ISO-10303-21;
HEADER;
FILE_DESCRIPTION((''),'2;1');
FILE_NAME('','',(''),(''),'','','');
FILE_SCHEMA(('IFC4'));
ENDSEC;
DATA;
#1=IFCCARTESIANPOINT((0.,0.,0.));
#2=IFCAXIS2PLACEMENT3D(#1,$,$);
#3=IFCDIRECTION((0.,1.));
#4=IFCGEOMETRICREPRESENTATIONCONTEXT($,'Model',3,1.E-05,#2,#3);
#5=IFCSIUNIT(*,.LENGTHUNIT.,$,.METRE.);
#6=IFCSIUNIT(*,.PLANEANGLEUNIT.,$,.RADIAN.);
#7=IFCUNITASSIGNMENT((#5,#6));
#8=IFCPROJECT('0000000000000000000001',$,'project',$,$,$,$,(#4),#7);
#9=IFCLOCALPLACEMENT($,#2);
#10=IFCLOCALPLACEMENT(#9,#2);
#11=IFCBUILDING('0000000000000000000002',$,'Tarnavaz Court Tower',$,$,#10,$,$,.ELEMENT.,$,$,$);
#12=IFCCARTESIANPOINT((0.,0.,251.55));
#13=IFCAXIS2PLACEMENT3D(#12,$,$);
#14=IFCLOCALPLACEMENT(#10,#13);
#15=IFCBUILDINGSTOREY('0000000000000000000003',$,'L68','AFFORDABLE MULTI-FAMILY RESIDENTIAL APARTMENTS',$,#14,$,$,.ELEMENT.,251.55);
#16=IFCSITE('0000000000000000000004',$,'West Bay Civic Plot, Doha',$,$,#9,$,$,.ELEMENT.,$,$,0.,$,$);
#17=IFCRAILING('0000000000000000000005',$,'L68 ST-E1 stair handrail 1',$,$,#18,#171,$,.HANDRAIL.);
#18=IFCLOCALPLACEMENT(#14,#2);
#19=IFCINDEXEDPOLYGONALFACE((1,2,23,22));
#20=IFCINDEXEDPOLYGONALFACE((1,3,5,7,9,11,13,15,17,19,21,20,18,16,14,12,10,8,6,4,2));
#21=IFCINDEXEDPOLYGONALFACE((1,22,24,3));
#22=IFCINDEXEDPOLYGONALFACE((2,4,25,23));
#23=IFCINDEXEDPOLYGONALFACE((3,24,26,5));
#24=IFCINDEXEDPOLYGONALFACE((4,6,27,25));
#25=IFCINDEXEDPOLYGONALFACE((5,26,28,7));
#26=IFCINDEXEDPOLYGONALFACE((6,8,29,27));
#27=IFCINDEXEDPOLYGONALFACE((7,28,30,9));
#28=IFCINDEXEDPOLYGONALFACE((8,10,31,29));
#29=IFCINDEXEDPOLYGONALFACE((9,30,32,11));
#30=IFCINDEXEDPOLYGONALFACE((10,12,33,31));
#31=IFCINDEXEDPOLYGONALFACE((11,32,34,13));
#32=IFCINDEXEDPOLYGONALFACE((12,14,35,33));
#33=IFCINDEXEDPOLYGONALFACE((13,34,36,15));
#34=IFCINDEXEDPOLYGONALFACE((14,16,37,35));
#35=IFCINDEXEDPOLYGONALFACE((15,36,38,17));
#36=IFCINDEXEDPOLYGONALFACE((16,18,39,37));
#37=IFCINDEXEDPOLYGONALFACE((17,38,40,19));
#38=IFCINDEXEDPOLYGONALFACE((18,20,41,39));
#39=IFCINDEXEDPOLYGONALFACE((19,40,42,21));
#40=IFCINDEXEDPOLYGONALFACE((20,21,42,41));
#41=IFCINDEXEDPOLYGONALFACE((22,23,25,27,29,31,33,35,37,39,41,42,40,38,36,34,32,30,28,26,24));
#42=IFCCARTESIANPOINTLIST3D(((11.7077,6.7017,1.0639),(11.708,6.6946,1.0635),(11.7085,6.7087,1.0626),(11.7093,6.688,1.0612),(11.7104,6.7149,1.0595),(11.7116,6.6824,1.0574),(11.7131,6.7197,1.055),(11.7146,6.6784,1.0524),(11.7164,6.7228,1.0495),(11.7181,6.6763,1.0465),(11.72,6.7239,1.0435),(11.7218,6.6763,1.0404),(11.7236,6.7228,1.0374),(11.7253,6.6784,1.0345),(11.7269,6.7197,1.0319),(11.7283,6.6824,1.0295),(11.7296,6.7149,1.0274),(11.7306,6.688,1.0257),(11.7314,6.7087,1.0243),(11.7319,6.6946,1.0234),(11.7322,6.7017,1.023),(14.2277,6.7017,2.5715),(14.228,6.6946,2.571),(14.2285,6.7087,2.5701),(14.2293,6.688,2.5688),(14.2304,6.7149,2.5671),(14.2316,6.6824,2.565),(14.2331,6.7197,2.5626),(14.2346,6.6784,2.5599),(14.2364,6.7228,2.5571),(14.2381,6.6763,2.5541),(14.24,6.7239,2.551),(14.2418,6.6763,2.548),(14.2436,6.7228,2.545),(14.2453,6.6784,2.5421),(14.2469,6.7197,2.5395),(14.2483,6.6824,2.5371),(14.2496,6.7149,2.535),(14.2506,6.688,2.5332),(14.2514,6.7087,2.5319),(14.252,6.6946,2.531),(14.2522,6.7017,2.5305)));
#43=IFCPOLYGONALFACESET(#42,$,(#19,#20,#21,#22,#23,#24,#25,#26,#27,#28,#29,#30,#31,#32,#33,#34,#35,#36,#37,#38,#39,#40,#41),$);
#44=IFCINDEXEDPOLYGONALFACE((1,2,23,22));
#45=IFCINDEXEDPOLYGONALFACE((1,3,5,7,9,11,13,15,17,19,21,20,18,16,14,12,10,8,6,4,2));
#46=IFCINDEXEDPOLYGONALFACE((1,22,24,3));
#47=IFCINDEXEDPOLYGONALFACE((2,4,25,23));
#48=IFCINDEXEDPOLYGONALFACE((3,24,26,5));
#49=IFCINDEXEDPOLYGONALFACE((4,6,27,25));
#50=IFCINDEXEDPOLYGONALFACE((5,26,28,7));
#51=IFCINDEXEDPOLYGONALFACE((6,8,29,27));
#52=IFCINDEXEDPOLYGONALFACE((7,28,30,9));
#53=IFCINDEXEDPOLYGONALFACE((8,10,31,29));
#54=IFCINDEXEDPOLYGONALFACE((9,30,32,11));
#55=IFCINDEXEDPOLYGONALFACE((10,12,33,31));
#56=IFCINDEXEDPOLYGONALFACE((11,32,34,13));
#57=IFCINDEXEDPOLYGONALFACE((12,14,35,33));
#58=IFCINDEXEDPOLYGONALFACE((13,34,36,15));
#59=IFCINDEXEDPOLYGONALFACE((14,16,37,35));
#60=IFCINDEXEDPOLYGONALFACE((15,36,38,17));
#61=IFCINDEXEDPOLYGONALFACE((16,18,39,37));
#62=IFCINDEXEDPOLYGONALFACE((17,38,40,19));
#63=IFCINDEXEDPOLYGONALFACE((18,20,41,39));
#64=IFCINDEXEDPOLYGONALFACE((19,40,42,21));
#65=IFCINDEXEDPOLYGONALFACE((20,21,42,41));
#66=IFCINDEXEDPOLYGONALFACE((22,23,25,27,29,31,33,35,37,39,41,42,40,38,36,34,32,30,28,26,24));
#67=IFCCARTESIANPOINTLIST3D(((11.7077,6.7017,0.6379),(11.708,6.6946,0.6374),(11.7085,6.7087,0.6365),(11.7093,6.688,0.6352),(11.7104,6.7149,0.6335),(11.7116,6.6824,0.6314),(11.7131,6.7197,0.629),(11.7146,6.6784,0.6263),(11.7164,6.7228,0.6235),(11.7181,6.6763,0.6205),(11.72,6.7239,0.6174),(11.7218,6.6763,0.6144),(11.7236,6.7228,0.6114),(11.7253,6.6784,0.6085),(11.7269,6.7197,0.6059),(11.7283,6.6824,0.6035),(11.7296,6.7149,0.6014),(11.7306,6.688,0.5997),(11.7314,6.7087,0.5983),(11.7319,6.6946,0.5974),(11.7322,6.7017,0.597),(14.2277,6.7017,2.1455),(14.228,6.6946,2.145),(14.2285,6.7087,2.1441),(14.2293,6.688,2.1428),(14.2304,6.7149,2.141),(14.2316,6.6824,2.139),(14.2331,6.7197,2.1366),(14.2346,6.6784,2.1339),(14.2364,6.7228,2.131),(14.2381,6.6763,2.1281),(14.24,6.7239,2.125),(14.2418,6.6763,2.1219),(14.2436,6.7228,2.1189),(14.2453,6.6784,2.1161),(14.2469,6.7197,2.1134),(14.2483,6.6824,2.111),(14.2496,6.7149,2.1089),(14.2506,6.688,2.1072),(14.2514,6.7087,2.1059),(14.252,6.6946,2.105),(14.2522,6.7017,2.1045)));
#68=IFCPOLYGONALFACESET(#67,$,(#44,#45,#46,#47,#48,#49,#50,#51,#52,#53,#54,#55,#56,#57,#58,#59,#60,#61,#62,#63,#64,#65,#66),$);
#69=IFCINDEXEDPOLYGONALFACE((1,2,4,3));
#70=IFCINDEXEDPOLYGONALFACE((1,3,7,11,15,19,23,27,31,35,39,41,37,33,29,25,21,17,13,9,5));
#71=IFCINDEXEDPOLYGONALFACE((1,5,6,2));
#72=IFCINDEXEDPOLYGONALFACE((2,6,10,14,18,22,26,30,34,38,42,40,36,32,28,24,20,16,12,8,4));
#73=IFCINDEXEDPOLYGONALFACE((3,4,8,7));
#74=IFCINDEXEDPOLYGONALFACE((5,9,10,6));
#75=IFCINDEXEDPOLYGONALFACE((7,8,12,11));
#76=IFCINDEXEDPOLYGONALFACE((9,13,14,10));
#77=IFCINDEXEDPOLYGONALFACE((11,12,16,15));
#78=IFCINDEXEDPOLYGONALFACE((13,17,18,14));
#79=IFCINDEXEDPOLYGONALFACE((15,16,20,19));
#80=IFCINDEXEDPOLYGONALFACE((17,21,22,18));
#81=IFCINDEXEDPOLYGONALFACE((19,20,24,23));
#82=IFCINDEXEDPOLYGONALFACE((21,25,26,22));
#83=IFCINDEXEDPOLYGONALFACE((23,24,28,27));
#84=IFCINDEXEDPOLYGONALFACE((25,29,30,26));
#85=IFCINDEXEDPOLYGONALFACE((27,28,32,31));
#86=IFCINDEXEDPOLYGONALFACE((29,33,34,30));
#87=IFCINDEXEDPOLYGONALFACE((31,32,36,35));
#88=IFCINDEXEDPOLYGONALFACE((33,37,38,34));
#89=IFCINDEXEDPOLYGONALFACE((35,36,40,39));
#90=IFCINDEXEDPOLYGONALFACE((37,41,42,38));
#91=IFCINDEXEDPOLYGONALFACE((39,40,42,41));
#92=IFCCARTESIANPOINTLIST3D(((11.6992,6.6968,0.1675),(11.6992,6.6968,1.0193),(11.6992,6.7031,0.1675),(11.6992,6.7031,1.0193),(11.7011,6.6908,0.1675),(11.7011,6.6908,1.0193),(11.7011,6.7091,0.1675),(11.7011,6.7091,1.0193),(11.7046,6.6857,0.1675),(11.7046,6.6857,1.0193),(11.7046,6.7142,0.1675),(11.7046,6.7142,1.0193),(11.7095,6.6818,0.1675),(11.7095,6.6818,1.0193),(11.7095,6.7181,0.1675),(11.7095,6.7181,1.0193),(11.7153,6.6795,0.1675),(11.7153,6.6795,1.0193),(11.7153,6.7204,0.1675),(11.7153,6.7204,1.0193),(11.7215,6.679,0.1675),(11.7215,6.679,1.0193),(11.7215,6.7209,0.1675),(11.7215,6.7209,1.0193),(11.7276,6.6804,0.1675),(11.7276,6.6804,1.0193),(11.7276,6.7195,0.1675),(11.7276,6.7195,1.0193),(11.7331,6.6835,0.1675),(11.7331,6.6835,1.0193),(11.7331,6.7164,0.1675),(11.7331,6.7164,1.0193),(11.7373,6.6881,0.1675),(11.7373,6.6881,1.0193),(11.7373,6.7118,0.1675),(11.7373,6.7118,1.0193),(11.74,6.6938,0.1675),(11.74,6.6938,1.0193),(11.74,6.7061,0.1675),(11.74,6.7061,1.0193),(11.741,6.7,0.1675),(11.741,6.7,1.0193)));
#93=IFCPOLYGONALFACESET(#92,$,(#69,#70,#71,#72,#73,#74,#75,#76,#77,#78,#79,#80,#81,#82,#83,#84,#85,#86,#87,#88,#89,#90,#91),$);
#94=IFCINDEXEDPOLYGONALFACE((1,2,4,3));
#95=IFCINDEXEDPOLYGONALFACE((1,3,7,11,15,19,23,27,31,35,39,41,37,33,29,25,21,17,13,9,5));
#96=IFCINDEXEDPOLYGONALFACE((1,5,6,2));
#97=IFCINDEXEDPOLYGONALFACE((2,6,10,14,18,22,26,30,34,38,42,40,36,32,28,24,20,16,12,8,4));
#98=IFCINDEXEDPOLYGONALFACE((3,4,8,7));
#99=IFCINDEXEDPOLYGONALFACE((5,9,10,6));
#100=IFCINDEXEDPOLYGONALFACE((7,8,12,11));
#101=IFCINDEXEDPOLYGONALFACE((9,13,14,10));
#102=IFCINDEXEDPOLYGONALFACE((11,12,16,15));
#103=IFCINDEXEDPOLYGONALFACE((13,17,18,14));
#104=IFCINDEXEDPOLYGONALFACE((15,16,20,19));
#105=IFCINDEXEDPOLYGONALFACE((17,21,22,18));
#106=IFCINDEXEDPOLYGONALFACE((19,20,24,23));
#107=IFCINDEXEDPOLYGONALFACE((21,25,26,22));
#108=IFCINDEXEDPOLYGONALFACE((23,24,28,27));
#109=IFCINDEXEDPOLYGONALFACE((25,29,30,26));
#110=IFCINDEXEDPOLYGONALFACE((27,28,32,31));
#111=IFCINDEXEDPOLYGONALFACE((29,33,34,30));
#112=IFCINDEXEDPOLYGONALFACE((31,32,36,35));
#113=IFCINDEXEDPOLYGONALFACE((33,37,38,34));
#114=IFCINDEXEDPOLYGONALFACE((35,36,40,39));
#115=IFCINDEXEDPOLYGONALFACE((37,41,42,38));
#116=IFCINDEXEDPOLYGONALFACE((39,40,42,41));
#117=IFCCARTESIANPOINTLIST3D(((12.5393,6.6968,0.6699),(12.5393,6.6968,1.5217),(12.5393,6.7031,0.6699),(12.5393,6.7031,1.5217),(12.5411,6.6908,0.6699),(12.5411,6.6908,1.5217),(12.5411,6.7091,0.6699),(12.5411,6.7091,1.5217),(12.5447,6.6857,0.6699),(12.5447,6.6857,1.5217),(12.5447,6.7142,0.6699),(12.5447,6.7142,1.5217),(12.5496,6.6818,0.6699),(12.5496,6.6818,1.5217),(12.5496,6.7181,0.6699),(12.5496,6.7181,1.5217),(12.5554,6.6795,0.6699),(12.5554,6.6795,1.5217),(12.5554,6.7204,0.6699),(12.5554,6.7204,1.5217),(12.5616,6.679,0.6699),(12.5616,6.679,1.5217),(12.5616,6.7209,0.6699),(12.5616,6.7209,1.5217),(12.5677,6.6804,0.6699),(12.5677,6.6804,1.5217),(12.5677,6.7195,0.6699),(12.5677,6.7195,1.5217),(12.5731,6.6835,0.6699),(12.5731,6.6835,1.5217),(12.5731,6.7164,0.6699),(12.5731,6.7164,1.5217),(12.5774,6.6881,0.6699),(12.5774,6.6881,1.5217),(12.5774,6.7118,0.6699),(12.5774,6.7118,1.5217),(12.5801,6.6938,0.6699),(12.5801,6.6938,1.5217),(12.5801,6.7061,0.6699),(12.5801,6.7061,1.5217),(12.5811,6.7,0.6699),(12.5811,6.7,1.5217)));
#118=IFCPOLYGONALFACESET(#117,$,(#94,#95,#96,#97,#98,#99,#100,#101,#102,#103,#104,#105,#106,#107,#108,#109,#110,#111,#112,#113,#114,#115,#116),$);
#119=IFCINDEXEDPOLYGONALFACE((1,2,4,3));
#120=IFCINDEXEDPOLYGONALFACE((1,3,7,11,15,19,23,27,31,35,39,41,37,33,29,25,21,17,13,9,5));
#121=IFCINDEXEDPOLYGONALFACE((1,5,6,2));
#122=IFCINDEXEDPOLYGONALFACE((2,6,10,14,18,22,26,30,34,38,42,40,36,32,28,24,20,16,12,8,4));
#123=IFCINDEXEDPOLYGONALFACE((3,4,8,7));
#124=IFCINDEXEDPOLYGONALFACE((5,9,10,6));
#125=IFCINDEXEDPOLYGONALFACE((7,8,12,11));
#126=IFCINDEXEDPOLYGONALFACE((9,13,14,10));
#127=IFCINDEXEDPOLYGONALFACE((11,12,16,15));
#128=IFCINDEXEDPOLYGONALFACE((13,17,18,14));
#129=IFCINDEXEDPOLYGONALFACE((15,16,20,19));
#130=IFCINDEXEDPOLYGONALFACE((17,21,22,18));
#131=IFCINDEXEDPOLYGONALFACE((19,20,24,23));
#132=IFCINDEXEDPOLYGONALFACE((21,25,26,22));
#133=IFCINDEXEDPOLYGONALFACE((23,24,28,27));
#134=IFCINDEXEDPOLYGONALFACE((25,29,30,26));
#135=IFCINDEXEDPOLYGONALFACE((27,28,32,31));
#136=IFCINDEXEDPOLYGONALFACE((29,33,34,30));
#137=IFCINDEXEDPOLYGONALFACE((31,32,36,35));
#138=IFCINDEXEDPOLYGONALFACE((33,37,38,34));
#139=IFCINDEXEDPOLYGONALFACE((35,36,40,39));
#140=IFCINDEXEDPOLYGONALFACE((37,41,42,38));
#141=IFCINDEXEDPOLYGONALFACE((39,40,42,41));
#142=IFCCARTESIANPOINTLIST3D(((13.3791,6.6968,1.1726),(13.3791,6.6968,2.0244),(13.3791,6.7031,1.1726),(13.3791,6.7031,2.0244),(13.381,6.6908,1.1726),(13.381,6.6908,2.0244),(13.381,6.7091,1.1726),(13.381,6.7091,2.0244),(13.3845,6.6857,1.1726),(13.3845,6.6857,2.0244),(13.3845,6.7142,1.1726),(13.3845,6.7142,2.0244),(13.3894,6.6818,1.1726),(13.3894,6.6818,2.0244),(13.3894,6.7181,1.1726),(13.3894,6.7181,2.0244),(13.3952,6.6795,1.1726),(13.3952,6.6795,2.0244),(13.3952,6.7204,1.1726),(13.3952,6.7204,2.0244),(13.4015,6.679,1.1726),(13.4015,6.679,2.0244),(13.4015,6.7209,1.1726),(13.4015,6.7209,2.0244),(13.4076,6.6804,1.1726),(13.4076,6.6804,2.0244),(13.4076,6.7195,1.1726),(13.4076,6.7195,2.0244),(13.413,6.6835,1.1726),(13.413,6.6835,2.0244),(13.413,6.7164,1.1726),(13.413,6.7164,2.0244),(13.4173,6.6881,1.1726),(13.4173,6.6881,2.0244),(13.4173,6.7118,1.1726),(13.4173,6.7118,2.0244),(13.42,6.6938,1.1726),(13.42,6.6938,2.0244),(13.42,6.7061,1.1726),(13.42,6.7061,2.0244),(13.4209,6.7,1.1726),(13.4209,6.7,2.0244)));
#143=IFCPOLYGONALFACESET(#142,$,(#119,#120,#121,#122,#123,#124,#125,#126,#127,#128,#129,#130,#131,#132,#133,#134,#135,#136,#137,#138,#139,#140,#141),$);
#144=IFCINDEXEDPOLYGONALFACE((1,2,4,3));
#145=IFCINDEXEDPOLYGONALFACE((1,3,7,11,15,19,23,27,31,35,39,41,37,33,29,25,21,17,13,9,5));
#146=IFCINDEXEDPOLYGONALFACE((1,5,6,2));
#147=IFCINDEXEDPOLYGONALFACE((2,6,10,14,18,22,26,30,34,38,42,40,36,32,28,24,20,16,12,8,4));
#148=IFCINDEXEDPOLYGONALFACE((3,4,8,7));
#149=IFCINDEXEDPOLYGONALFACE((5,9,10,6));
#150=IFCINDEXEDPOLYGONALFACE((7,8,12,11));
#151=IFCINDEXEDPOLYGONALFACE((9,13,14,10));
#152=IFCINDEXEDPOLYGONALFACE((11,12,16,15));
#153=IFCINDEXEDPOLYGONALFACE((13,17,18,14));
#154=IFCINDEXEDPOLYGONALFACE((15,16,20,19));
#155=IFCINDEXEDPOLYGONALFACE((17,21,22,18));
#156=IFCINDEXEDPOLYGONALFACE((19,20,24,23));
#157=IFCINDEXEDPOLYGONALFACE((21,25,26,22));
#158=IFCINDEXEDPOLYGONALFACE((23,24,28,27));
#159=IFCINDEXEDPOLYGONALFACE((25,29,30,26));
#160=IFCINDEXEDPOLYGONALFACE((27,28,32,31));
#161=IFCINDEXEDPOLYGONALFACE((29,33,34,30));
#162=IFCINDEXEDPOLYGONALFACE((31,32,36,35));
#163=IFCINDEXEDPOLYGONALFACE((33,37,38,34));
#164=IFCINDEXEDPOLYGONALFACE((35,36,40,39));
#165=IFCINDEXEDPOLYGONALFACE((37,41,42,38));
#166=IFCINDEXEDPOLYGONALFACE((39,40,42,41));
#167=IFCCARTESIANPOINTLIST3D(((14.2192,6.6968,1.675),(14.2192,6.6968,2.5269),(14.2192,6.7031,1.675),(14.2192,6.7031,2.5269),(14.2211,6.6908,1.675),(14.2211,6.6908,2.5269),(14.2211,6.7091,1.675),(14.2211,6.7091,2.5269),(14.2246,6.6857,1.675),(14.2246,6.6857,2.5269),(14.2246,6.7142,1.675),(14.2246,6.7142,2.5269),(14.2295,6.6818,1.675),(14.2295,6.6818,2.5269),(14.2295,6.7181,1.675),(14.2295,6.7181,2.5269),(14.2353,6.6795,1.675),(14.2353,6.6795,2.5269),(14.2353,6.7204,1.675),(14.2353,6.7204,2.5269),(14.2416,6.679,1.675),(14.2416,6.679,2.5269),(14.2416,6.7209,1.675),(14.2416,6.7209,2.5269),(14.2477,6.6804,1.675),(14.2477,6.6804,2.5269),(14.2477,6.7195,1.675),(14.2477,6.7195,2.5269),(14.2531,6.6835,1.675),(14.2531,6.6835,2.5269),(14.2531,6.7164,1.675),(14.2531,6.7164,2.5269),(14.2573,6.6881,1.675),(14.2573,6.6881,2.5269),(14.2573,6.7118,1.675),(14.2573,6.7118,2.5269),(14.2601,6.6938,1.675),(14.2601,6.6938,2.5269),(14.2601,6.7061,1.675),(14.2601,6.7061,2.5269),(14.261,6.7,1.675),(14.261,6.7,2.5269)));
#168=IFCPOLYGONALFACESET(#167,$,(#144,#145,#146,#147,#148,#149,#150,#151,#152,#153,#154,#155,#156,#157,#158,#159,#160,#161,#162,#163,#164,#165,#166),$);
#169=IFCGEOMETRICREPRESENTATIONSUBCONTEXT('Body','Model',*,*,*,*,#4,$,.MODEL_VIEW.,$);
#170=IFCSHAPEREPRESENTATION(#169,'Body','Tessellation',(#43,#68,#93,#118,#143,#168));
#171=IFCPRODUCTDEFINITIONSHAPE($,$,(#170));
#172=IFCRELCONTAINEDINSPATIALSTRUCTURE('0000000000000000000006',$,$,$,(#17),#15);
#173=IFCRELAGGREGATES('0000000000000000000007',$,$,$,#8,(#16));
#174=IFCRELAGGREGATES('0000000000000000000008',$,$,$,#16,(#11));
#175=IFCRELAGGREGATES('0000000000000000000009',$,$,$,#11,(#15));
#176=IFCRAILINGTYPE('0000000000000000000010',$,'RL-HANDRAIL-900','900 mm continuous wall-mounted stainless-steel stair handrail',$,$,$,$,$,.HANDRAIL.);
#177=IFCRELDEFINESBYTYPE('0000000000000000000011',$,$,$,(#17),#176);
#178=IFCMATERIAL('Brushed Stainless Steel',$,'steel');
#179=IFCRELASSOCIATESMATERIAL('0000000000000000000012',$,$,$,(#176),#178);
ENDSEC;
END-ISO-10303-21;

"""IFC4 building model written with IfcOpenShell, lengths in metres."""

from ifc_helpers import new_model, si_unit, direction, frame, origin, origin_2d, place, context, subcontext, project, spatial, circle, extrude, material, type_object, element, save


model = new_model("IFC4")

# Units and contexts
model_context = context("Model", 3, precision=1e-05, world=origin(), true_north=direction((0.0, 1.0)))
body_context = subcontext(model_context, "Body", "Model", "MODEL_VIEW")
ifc_project = project(units=[si_unit("LENGTHUNIT", "METRE"), si_unit("PLANEANGLEUNIT", "RADIAN")], contexts=[model_context])

# Site, building, storey
site_placement = place(None, origin())
site = spatial("IfcSite", under=ifc_project, at=site_placement, Name="West Bay Civic Plot, Doha", CompositionType="ELEMENT", RefElevation=0.0)
building_placement = place(site_placement, origin())
building = spatial("IfcBuilding", under=site, at=building_placement, Name="Tarnavaz Court Tower", CompositionType="ELEMENT")
storey_placement = place(building_placement, frame((0.0, 0.0, 251.55)))
storey = spatial("IfcBuildingStorey", under=building, at=storey_placement, Name="L68", Description="AFFORDABLE MULTI-FAMILY RESIDENTIAL APARTMENTS", CompositionType="ELEMENT", Elevation=251.55)

# Railing
ifc_material_1 = material(Name="Brushed Stainless Steel", Category="steel")
railing_type_1 = type_object("IfcRailingType", Name="RL-HANDRAIL-900", Description="900 mm continuous wall-mounted stainless-steel stair handrail", PredefinedType="HANDRAIL", material=ifc_material_1)
railing_1_placement = place(storey_placement, frame((11.72, 6.7, 0.1675)))
element("IfcRailing", 1, at=railing_1_placement, inside=storey, type_object=railing_type_1, Name="L68 ST-E1 stair handrail 1", PredefinedType="HANDRAIL", context=body_context, shape_type="SweptSolid", body=[
    extrude(circle(Radius=0.0239, at=origin_2d()), frame((0.0, 0.0, 0.876), z_axis=(0.85816, 0.0, 0.513383), x_axis=(0.0, 1.0, 0.0)), (0.0, 0.0, 1.0), 2.9365),
    extrude(circle(Radius=0.0239, at=origin_2d()), frame((0.0, 0.0, 0.45), z_axis=(0.85816, 0.0, 0.513383), x_axis=(0.0, 1.0, 0.0)), (0.0, 0.0, 1.0), 2.9365),
    extrude(circle(Radius=0.021, at=origin_2d()), origin(), (0.0, 0.0, 1.0), 0.8518),
    extrude(circle(Radius=0.021, at=origin_2d()), frame((0.8401, 0.0, 0.5024)), (0.0, 0.0, 1.0), 0.8518),
    extrude(circle(Radius=0.021, at=origin_2d()), frame((1.6799, 0.0, 1.0051)), (0.0, 0.0, 1.0), 0.8518),
    extrude(circle(Radius=0.021, at=origin_2d()), frame((2.52, 0.0, 1.5076)), (0.0, 0.0, 1.0), 0.8518),
])

save(model, "model.ifc")
